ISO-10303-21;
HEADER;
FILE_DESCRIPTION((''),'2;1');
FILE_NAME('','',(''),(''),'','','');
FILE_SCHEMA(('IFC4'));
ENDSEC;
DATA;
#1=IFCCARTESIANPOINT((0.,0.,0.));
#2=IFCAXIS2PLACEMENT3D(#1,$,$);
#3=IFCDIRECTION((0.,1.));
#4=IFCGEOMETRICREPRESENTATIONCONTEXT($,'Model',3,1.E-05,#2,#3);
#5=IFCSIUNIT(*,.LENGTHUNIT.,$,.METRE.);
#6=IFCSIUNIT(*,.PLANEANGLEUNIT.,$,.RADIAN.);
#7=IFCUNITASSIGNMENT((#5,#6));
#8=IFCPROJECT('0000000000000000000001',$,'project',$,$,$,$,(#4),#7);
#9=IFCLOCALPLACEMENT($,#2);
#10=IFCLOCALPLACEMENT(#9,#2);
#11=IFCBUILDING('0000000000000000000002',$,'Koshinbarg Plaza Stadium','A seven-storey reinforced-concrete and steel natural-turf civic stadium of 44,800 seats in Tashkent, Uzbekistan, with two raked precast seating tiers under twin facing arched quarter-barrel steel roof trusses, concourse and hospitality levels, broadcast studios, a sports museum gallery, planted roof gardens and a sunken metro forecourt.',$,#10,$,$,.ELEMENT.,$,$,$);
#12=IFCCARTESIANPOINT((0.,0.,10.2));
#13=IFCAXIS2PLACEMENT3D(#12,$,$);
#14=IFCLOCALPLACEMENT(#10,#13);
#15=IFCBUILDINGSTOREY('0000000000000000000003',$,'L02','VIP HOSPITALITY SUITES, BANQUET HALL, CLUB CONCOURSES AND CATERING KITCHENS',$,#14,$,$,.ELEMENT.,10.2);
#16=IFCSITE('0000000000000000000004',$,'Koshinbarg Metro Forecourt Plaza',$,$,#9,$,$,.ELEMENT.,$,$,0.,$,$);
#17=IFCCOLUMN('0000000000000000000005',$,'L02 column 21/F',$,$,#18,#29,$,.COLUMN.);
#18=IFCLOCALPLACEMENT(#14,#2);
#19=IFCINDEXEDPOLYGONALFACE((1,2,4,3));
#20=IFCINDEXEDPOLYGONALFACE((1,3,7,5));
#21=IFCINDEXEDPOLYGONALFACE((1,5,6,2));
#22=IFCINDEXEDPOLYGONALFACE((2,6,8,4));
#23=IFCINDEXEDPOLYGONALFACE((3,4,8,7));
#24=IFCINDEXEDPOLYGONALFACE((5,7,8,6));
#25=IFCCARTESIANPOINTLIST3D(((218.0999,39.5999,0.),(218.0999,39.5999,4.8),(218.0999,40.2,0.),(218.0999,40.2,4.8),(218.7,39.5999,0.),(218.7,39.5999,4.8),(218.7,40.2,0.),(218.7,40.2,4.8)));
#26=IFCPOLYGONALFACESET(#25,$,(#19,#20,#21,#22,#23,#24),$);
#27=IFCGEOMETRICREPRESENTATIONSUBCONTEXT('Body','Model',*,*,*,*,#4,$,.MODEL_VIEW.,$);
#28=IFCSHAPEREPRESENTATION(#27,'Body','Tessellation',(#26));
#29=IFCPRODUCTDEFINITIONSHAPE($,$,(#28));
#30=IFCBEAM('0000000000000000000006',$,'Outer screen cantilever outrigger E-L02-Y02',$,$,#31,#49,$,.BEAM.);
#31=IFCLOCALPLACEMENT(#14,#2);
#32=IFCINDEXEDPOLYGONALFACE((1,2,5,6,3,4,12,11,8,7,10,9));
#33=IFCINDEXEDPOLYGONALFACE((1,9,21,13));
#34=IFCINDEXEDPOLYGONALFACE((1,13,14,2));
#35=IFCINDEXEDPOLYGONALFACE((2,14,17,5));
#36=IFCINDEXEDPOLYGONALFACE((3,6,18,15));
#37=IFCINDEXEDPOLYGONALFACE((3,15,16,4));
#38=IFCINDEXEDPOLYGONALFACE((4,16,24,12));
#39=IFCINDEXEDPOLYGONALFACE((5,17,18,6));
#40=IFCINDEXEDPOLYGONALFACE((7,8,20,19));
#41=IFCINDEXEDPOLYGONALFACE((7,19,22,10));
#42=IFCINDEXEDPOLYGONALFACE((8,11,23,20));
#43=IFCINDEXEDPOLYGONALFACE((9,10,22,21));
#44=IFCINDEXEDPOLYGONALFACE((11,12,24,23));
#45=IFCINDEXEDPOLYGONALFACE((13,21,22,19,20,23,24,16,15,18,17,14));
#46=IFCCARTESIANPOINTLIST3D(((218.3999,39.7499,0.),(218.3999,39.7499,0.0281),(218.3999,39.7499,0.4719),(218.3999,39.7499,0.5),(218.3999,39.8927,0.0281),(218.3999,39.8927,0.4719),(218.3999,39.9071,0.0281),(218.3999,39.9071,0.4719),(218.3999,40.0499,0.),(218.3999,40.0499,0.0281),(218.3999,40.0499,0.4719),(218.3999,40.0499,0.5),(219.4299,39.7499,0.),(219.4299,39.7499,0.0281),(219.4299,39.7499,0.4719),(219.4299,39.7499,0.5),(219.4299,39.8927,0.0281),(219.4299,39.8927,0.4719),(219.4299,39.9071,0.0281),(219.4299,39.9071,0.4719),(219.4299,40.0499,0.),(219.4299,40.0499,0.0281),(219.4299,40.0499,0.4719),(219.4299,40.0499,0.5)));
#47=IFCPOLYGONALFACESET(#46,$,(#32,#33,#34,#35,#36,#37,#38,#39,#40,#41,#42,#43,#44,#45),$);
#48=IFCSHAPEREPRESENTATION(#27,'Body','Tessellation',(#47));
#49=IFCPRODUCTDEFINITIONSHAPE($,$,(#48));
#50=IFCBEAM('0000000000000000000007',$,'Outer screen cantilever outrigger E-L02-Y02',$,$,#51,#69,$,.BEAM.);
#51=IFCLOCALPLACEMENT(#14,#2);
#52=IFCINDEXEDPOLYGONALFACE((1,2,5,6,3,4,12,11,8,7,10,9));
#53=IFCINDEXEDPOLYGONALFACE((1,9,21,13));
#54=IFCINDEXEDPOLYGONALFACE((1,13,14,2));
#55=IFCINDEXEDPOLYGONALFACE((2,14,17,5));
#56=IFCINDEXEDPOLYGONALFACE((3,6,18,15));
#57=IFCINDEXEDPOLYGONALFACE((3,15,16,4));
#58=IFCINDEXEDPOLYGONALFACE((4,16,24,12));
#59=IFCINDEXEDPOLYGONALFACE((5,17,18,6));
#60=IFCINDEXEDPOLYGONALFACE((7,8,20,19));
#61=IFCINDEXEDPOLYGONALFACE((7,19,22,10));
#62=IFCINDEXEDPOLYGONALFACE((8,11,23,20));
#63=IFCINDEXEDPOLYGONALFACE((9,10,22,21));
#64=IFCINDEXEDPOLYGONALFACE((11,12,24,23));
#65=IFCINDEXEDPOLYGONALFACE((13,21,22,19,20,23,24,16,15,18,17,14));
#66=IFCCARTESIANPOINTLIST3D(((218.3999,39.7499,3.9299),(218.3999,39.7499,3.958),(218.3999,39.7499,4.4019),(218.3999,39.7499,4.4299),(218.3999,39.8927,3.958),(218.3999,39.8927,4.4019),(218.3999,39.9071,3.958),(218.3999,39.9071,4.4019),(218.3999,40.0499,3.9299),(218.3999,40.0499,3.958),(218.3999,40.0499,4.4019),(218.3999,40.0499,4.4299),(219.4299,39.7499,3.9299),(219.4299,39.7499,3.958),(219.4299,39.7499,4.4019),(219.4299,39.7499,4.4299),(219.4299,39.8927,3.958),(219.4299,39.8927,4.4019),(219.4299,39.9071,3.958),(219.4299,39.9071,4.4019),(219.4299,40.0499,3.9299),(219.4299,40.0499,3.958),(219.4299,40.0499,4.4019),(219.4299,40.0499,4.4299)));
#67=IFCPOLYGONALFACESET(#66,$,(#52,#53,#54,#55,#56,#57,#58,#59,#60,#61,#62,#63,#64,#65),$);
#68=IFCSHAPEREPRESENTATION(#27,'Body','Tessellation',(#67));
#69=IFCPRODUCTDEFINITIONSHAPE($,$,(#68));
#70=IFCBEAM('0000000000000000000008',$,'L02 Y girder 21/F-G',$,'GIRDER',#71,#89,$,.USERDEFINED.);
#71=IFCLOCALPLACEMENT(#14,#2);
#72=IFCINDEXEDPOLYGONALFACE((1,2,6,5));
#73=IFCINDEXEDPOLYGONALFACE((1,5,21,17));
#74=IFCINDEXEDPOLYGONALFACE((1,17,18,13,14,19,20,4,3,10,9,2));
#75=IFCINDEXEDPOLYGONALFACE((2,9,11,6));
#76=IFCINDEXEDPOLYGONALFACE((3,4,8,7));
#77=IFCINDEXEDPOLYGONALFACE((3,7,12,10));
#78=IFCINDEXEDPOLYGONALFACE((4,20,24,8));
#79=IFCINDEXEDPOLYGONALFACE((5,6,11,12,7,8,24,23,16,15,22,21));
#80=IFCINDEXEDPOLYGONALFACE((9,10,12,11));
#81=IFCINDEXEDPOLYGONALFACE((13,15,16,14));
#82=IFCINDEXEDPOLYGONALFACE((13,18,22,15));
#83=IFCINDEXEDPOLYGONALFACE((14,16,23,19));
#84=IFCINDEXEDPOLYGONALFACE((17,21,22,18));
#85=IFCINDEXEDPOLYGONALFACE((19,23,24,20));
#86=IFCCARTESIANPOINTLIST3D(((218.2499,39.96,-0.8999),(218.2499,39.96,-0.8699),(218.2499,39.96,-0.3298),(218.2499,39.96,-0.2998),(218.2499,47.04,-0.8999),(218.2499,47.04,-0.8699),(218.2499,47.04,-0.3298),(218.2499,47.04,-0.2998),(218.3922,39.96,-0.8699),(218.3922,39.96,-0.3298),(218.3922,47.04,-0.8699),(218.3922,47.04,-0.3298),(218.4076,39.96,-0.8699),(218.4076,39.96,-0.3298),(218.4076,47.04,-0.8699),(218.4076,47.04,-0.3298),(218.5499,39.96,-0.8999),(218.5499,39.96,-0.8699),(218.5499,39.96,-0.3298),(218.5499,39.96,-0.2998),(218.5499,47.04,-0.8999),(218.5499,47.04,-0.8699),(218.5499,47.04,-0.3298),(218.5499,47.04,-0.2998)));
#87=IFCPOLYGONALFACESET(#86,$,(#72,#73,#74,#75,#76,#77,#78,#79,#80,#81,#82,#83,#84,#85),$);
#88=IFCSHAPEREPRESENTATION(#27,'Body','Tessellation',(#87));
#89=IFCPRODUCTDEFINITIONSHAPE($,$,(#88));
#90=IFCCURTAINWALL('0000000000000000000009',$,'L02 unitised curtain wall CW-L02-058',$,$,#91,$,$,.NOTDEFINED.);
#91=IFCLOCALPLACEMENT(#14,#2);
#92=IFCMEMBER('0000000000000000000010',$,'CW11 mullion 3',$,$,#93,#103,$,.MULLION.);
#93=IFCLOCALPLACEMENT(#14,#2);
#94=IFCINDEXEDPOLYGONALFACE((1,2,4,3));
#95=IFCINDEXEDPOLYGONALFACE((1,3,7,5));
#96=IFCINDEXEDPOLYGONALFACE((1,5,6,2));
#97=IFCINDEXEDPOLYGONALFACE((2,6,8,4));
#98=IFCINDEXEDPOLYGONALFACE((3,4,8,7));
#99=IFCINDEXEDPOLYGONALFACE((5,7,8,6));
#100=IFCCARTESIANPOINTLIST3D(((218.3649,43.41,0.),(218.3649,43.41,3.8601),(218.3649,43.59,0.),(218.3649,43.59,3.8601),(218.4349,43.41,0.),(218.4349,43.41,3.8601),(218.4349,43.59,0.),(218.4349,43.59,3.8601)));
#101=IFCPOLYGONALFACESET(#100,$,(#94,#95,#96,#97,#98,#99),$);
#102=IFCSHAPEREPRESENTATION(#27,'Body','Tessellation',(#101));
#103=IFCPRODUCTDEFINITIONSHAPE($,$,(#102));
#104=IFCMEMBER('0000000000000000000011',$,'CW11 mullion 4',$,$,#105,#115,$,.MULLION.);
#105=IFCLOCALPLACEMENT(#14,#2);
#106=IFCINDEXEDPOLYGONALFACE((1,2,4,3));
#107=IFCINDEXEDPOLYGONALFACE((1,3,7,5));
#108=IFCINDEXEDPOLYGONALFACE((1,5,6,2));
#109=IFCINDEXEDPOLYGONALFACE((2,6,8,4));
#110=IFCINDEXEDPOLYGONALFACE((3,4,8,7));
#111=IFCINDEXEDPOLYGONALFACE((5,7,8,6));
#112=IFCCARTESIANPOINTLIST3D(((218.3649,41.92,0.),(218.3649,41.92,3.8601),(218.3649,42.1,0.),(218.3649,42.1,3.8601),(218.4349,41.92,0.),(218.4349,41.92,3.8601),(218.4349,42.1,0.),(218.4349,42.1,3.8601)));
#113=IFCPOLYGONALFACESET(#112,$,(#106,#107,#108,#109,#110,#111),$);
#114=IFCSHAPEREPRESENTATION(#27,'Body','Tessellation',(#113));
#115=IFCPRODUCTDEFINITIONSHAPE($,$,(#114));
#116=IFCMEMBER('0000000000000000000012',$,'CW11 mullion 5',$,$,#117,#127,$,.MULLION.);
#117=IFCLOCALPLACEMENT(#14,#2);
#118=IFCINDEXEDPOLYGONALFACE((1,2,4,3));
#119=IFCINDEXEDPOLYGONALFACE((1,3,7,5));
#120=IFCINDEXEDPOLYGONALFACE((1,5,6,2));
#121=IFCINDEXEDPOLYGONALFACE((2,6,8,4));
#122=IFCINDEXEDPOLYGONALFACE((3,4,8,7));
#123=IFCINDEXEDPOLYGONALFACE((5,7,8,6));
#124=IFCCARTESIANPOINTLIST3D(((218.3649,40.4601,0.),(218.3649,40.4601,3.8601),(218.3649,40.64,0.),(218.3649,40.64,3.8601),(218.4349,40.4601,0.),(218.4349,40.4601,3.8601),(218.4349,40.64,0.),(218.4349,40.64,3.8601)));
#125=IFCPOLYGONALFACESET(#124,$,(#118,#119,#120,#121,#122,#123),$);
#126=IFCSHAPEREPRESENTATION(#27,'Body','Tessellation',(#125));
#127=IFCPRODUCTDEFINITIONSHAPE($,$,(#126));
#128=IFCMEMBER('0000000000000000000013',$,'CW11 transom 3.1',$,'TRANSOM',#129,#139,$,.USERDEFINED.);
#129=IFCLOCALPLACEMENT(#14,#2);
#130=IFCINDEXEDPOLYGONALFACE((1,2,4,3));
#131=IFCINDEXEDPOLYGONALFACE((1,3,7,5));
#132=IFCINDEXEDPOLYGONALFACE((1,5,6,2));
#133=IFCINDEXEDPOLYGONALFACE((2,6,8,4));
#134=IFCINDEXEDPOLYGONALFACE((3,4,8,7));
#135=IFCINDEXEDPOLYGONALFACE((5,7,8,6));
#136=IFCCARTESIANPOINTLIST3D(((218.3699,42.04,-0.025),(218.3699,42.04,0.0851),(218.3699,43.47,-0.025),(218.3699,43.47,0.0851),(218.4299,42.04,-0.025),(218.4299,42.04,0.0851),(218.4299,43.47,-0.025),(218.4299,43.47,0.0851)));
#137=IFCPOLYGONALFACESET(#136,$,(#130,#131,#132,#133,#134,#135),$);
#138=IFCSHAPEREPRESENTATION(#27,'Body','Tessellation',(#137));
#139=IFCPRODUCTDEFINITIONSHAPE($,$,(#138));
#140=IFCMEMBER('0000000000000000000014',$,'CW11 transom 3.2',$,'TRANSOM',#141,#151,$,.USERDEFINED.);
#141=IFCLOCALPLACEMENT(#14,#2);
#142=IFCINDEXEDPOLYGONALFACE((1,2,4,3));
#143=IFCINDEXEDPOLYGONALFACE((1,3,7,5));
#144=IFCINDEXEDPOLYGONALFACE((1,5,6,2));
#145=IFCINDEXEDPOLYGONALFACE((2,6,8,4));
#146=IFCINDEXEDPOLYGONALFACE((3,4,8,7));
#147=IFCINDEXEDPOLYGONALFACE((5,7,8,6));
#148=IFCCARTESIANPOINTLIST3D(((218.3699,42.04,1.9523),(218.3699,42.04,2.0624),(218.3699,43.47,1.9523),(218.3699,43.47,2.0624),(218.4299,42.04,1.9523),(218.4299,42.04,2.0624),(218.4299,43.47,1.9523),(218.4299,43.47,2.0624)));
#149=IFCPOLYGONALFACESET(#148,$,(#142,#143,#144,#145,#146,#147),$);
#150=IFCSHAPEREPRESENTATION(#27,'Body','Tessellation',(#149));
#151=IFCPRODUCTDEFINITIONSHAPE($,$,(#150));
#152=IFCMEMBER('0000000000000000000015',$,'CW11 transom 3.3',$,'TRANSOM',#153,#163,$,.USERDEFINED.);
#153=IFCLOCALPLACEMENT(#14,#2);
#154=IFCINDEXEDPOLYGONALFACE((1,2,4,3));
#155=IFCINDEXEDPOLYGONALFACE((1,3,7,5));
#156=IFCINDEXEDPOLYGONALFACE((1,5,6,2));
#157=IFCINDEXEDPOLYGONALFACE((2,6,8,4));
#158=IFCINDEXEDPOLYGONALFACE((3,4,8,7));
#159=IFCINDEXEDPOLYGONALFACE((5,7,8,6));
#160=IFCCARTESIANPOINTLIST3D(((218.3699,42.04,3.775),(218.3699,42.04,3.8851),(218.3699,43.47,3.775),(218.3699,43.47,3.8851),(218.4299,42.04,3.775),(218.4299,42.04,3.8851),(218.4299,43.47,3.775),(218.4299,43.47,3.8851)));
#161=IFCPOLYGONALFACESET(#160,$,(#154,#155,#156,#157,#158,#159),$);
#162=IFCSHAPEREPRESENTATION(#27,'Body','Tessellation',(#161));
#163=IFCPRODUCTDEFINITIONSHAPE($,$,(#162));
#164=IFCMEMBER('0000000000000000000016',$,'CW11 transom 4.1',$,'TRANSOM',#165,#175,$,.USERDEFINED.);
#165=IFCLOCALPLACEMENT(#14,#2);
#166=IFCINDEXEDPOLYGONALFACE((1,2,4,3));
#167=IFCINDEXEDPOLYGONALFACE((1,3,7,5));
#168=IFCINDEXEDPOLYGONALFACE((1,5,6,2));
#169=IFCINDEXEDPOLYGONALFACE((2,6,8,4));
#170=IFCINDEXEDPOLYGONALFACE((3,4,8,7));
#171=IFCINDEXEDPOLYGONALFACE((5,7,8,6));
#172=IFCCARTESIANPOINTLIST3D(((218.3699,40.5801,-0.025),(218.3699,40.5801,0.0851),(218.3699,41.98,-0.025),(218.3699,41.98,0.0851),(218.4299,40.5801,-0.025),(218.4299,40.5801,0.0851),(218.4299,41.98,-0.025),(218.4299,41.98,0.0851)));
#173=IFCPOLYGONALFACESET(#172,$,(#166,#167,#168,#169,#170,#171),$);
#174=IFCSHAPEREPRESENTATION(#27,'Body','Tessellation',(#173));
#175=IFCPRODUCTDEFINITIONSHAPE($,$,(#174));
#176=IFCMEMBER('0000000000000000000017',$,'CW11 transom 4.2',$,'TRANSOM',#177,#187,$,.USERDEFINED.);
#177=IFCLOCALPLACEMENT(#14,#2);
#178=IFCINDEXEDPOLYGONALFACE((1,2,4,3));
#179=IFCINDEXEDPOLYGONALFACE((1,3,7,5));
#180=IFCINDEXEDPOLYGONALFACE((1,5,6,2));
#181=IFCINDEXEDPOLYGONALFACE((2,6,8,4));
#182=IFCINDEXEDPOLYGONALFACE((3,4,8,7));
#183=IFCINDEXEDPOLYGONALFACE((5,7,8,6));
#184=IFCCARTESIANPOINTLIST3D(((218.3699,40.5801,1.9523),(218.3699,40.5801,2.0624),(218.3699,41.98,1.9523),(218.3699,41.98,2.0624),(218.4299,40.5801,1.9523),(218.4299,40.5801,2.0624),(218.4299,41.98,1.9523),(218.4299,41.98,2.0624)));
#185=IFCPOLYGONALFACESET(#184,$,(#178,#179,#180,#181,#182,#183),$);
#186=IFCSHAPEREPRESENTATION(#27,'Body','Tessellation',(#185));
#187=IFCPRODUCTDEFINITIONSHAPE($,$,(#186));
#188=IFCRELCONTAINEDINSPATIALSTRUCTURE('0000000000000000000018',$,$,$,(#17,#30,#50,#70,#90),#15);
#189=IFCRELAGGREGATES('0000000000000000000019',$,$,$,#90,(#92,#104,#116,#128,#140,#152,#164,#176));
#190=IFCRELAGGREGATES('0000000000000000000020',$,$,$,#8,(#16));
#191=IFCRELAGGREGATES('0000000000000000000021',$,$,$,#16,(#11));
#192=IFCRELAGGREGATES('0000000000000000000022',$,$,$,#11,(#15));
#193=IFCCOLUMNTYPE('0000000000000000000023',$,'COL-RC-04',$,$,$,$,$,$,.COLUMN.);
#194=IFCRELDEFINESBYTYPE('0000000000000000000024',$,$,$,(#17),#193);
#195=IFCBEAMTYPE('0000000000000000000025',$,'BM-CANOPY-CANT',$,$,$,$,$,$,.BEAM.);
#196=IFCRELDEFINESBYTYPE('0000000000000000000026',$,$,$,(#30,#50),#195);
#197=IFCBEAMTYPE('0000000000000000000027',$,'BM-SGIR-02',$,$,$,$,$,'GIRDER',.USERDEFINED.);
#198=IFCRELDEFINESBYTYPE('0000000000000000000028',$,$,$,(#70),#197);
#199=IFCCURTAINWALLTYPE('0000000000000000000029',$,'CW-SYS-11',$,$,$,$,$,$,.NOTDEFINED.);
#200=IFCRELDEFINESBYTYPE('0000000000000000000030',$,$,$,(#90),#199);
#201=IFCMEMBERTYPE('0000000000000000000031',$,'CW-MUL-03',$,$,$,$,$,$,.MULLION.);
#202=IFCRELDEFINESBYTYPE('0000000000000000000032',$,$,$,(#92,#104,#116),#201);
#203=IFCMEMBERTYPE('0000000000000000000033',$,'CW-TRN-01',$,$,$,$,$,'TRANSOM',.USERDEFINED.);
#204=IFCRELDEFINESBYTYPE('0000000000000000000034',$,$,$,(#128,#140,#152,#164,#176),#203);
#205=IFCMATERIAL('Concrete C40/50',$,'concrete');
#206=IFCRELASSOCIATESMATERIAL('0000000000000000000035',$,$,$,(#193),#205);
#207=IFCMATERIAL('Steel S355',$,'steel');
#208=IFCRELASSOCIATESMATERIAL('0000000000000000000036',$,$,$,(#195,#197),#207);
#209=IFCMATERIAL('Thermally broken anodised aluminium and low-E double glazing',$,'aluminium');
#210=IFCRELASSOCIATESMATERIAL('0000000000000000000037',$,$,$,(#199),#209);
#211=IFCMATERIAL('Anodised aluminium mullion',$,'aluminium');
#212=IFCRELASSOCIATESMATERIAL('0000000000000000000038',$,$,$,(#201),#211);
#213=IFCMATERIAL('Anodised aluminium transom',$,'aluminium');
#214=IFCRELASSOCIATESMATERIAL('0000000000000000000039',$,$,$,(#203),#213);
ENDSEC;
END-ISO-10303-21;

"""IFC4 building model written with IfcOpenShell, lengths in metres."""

from ifc_helpers import new_model, si_unit, direction, frame, origin, origin_2d, place, context, subcontext, project, spatial, rectangle, i_section, extrude, material, material_profile, profile_set, type_object, element, aggregate, save


model = new_model("IFC4")

# Units and contexts
model_context = context("Model", 3, precision=1e-05, world=origin(), true_north=direction((0.0, 1.0)))
body_context = subcontext(model_context, "Body", "Model", "MODEL_VIEW")
ifc_project = project(units=[si_unit("LENGTHUNIT", "METRE"), si_unit("PLANEANGLEUNIT", "RADIAN")], contexts=[model_context])

# Site, building, storey
site_placement = place(None, origin())
site = spatial("IfcSite", under=ifc_project, at=site_placement, Name="Koshinbarg Metro Forecourt Plaza", CompositionType="ELEMENT", RefElevation=0.0)
building_placement = place(site_placement, origin())
building = spatial("IfcBuilding", under=site, at=building_placement, Name="Koshinbarg Plaza Stadium", Description="A seven-storey reinforced-concrete and steel natural-turf civic stadium of 44,800 seats in Tashkent, Uzbekistan, with two raked precast seating tiers under twin facing arched quarter-barrel steel roof trusses, concourse and hospitality levels, broadcast studios, a sports museum gallery, planted roof gardens and a sunken metro forecourt.", CompositionType="ELEMENT")
storey_placement = place(building_placement, frame((0.0, 0.0, 10.2)))
storey = spatial("IfcBuildingStorey", under=building, at=storey_placement, Name="L02", Description="VIP HOSPITALITY SUITES, BANQUET HALL, CLUB CONCOURSES AND CATERING KITCHENS", CompositionType="ELEMENT", Elevation=10.2)

# Column
ifc_material_1 = material(Name="Concrete C40/50", Category="concrete")
ifc_material_profile_1 = material_profile(ifc_material_1, rectangle(XDim=0.6001, YDim=0.6001, at=origin_2d()), Name="RC 600x600")
ifc_profile_set_1 = profile_set([ifc_material_profile_1], Name="Concrete C40/50")
column_type = type_object("IfcColumnType", Name="COL-RC-04", PredefinedType="COLUMN", material=ifc_profile_set_1)
column_placement = place(storey_placement, frame((218.3999, 39.8999, 0.0), z_axis=(0.0, 0.0, 1.0), x_axis=(1.0, 0.0, 0.0)))
element("IfcColumn", 1, at=column_placement, inside=storey, type_object=column_type, Name="L02 column 21/F", PredefinedType="COLUMN", context=body_context, shape_type="SweptSolid", body=[
    extrude(rectangle(XDim=0.6001, YDim=0.6001, at=origin_2d()), origin(), (0.0, 0.0, 1.0), 4.8),
])

# Beams
ifc_material_2 = material(Name="Steel S355", Category="steel")
ifc_material_profile_2 = material_profile(ifc_material_2, i_section(OverallWidth=0.3, OverallDepth=0.5, WebThickness=0.0144, FlangeThickness=0.0281, at=origin_2d()), Name="HEB 500")
ifc_profile_set_2 = profile_set([ifc_material_profile_2], Name="Steel S355")
beam_type_1 = type_object("IfcBeamType", Name="BM-CANOPY-CANT", PredefinedType="BEAM", material=ifc_profile_set_2)
for number, where, z_axis, x_axis, name in (
    (2, (218.3999, 39.8999, 0.25), (1.0, 0.0, 0.0), (0.0, 1.0, 0.0), "Outer screen cantilever outrigger E-L02-Y02"),
    (3, (218.3999, 39.8999, 4.1799), (1.0, 0.0, 0.0), (0.0, 1.0, 0.0), "Outer screen cantilever outrigger E-L02-Y02"),
):
    element("IfcBeam", number, at=place(storey_placement, frame(where, z_axis=z_axis, x_axis=x_axis)), inside=storey, type_object=beam_type_1, Name=name, PredefinedType="BEAM", context=body_context, shape_type="SweptSolid", body=[
        extrude(i_section(OverallWidth=0.3, OverallDepth=0.5, WebThickness=0.0144, FlangeThickness=0.0281, at=origin_2d()), origin(), (0.0, 0.0, 1.0), 1.03),
    ])
ifc_material_profile_3 = material_profile(ifc_material_2, i_section(OverallWidth=0.3, OverallDepth=0.6001, WebThickness=0.0154, FlangeThickness=0.03, at=origin_2d()), Name="HEB 600")
ifc_profile_set_3 = profile_set([ifc_material_profile_3], Name="Steel S355")
beam_type_2 = type_object("IfcBeamType", Name="BM-SGIR-02", ElementType="GIRDER", PredefinedType="USERDEFINED", material=ifc_profile_set_3)
beam_placement = place(storey_placement, frame((218.3999, 39.96, -0.5999), z_axis=(0.0, 1.0, 0.0), x_axis=(-1.0, 0.0, 0.0)))
element("IfcBeam", 4, at=beam_placement, inside=storey, type_object=beam_type_2, Name="L02 Y girder 21/F-G", ObjectType="GIRDER", PredefinedType="USERDEFINED", context=body_context, shape_type="SweptSolid", body=[
    extrude(i_section(OverallWidth=0.3, OverallDepth=0.6001, WebThickness=0.0154, FlangeThickness=0.03, at=origin_2d()), origin(), (0.0, 0.0, 1.0), 7.0801),
])

# Curtain wall, members
ifc_material_3 = material(Name="Thermally broken anodised aluminium and low-E double glazing", Category="aluminium")
curtain_wall_type = type_object("IfcCurtainWallType", Name="CW-SYS-11", PredefinedType="NOTDEFINED", material=ifc_material_3)
curtain_wall_placement = place(storey_placement, origin())
curtain_wall = element("IfcCurtainWall", 5, at=curtain_wall_placement, inside=storey, type_object=curtain_wall_type, Name="L02 unitised curtain wall CW-L02-058", PredefinedType="NOTDEFINED")
ifc_material_4 = material(Name="Anodised aluminium mullion", Category="aluminium")
ifc_material_profile_4 = material_profile(ifc_material_4, rectangle(XDim=0.0701, YDim=0.1799, at=origin_2d()), Name="ALU 70x180")
ifc_profile_set_4 = profile_set([ifc_material_profile_4], Name="Anodised aluminium mullion")
member_type_1 = type_object("IfcMemberType", Name="CW-MUL-03", PredefinedType="MULLION", material=ifc_profile_set_4)
member_1_placement = place(storey_placement, frame((218.3999, 43.5, 0.0), z_axis=(0.0, 0.0, 1.0), x_axis=(1.0, 0.0, 0.0)))
member_1 = element("IfcMember", 6, at=member_1_placement, type_object=member_type_1, Name="CW11 mullion 3", PredefinedType="MULLION", context=body_context, shape_type="SweptSolid", body=[
    extrude(rectangle(XDim=0.0701, YDim=0.1799, at=origin_2d()), origin(), (0.0, 0.0, 1.0), 3.8601),
])
member_2_placement = place(storey_placement, frame((218.3999, 42.01, 0.0), z_axis=(0.0, 0.0, 1.0), x_axis=(1.0, 0.0, 0.0)))
member_2 = element("IfcMember", 7, at=member_2_placement, type_object=member_type_1, Name="CW11 mullion 4", PredefinedType="MULLION", context=body_context, shape_type="SweptSolid", body=[
    extrude(rectangle(XDim=0.0701, YDim=0.1799, at=origin_2d()), origin(), (0.0, 0.0, 1.0), 3.8601),
])
member_3_placement = place(storey_placement, frame((218.3999, 40.55, 0.0), z_axis=(0.0, 0.0, 1.0), x_axis=(1.0, 0.0, 0.0)))
member_3 = element("IfcMember", 8, at=member_3_placement, type_object=member_type_1, Name="CW11 mullion 5", PredefinedType="MULLION", context=body_context, shape_type="SweptSolid", body=[
    extrude(rectangle(XDim=0.0701, YDim=0.1799, at=origin_2d()), origin(), (0.0, 0.0, 1.0), 3.8601),
])
ifc_material_5 = material(Name="Anodised aluminium transom", Category="aluminium")
ifc_material_profile_5 = material_profile(ifc_material_5, rectangle(XDim=0.0601, YDim=0.1101, at=origin_2d()), Name="ALU 60x110")
ifc_profile_set_5 = profile_set([ifc_material_profile_5], Name="Anodised aluminium transom")
member_type_2 = type_object("IfcMemberType", Name="CW-TRN-01", ElementType="TRANSOM", PredefinedType="USERDEFINED", material=ifc_profile_set_5)
member_4_placement = place(storey_placement, frame((218.3999, 43.47, 0.03), z_axis=(0.0, -1.0, 0.0), x_axis=(1.0, 0.0, 0.0)))
member_4 = element("IfcMember", 9, at=member_4_placement, type_object=member_type_2, Name="CW11 transom 3.1", ObjectType="TRANSOM", PredefinedType="USERDEFINED", context=body_context, shape_type="SweptSolid", body=[
    extrude(rectangle(XDim=0.0601, YDim=0.1101, at=origin_2d()), origin(), (0.0, 0.0, 1.0), 1.4299),
])
member_5_placement = place(storey_placement, frame((218.3999, 43.47, 2.0073), z_axis=(0.0, -1.0, 0.0), x_axis=(1.0, 0.0, 0.0)))
member_5 = element("IfcMember", 10, at=member_5_placement, type_object=member_type_2, Name="CW11 transom 3.2", ObjectType="TRANSOM", PredefinedType="USERDEFINED", context=body_context, shape_type="SweptSolid", body=[
    extrude(rectangle(XDim=0.0601, YDim=0.1101, at=origin_2d()), origin(), (0.0, 0.0, 1.0), 1.4299),
])
member_6_placement = place(storey_placement, frame((218.3999, 43.47, 3.8301), z_axis=(0.0, -1.0, 0.0), x_axis=(1.0, 0.0, 0.0)))
member_6 = element("IfcMember", 11, at=member_6_placement, type_object=member_type_2, Name="CW11 transom 3.3", ObjectType="TRANSOM", PredefinedType="USERDEFINED", context=body_context, shape_type="SweptSolid", body=[
    extrude(rectangle(XDim=0.0601, YDim=0.1101, at=origin_2d()), origin(), (0.0, 0.0, 1.0), 1.4299),
])
member_7_placement = place(storey_placement, frame((218.3999, 41.98, 0.03), z_axis=(0.0, -1.0, 0.0), x_axis=(1.0, 0.0, 0.0)))
member_7 = element("IfcMember", 12, at=member_7_placement, type_object=member_type_2, Name="CW11 transom 4.1", ObjectType="TRANSOM", PredefinedType="USERDEFINED", context=body_context, shape_type="SweptSolid", body=[
    extrude(rectangle(XDim=0.0601, YDim=0.1101, at=origin_2d()), origin(), (0.0, 0.0, 1.0), 1.3999),
])
member_8_placement = place(storey_placement, frame((218.3999, 41.98, 2.0073), z_axis=(0.0, -1.0, 0.0), x_axis=(1.0, 0.0, 0.0)))
member_8 = element("IfcMember", 13, at=member_8_placement, type_object=member_type_2, Name="CW11 transom 4.2", ObjectType="TRANSOM", PredefinedType="USERDEFINED", context=body_context, shape_type="SweptSolid", body=[
    extrude(rectangle(XDim=0.0601, YDim=0.1101, at=origin_2d()), origin(), (0.0, 0.0, 1.0), 1.3999),
])

aggregate(curtain_wall, [member_1, member_2, member_3, member_4, member_5, member_6, member_7, member_8])

save(model, "model.ifc")
